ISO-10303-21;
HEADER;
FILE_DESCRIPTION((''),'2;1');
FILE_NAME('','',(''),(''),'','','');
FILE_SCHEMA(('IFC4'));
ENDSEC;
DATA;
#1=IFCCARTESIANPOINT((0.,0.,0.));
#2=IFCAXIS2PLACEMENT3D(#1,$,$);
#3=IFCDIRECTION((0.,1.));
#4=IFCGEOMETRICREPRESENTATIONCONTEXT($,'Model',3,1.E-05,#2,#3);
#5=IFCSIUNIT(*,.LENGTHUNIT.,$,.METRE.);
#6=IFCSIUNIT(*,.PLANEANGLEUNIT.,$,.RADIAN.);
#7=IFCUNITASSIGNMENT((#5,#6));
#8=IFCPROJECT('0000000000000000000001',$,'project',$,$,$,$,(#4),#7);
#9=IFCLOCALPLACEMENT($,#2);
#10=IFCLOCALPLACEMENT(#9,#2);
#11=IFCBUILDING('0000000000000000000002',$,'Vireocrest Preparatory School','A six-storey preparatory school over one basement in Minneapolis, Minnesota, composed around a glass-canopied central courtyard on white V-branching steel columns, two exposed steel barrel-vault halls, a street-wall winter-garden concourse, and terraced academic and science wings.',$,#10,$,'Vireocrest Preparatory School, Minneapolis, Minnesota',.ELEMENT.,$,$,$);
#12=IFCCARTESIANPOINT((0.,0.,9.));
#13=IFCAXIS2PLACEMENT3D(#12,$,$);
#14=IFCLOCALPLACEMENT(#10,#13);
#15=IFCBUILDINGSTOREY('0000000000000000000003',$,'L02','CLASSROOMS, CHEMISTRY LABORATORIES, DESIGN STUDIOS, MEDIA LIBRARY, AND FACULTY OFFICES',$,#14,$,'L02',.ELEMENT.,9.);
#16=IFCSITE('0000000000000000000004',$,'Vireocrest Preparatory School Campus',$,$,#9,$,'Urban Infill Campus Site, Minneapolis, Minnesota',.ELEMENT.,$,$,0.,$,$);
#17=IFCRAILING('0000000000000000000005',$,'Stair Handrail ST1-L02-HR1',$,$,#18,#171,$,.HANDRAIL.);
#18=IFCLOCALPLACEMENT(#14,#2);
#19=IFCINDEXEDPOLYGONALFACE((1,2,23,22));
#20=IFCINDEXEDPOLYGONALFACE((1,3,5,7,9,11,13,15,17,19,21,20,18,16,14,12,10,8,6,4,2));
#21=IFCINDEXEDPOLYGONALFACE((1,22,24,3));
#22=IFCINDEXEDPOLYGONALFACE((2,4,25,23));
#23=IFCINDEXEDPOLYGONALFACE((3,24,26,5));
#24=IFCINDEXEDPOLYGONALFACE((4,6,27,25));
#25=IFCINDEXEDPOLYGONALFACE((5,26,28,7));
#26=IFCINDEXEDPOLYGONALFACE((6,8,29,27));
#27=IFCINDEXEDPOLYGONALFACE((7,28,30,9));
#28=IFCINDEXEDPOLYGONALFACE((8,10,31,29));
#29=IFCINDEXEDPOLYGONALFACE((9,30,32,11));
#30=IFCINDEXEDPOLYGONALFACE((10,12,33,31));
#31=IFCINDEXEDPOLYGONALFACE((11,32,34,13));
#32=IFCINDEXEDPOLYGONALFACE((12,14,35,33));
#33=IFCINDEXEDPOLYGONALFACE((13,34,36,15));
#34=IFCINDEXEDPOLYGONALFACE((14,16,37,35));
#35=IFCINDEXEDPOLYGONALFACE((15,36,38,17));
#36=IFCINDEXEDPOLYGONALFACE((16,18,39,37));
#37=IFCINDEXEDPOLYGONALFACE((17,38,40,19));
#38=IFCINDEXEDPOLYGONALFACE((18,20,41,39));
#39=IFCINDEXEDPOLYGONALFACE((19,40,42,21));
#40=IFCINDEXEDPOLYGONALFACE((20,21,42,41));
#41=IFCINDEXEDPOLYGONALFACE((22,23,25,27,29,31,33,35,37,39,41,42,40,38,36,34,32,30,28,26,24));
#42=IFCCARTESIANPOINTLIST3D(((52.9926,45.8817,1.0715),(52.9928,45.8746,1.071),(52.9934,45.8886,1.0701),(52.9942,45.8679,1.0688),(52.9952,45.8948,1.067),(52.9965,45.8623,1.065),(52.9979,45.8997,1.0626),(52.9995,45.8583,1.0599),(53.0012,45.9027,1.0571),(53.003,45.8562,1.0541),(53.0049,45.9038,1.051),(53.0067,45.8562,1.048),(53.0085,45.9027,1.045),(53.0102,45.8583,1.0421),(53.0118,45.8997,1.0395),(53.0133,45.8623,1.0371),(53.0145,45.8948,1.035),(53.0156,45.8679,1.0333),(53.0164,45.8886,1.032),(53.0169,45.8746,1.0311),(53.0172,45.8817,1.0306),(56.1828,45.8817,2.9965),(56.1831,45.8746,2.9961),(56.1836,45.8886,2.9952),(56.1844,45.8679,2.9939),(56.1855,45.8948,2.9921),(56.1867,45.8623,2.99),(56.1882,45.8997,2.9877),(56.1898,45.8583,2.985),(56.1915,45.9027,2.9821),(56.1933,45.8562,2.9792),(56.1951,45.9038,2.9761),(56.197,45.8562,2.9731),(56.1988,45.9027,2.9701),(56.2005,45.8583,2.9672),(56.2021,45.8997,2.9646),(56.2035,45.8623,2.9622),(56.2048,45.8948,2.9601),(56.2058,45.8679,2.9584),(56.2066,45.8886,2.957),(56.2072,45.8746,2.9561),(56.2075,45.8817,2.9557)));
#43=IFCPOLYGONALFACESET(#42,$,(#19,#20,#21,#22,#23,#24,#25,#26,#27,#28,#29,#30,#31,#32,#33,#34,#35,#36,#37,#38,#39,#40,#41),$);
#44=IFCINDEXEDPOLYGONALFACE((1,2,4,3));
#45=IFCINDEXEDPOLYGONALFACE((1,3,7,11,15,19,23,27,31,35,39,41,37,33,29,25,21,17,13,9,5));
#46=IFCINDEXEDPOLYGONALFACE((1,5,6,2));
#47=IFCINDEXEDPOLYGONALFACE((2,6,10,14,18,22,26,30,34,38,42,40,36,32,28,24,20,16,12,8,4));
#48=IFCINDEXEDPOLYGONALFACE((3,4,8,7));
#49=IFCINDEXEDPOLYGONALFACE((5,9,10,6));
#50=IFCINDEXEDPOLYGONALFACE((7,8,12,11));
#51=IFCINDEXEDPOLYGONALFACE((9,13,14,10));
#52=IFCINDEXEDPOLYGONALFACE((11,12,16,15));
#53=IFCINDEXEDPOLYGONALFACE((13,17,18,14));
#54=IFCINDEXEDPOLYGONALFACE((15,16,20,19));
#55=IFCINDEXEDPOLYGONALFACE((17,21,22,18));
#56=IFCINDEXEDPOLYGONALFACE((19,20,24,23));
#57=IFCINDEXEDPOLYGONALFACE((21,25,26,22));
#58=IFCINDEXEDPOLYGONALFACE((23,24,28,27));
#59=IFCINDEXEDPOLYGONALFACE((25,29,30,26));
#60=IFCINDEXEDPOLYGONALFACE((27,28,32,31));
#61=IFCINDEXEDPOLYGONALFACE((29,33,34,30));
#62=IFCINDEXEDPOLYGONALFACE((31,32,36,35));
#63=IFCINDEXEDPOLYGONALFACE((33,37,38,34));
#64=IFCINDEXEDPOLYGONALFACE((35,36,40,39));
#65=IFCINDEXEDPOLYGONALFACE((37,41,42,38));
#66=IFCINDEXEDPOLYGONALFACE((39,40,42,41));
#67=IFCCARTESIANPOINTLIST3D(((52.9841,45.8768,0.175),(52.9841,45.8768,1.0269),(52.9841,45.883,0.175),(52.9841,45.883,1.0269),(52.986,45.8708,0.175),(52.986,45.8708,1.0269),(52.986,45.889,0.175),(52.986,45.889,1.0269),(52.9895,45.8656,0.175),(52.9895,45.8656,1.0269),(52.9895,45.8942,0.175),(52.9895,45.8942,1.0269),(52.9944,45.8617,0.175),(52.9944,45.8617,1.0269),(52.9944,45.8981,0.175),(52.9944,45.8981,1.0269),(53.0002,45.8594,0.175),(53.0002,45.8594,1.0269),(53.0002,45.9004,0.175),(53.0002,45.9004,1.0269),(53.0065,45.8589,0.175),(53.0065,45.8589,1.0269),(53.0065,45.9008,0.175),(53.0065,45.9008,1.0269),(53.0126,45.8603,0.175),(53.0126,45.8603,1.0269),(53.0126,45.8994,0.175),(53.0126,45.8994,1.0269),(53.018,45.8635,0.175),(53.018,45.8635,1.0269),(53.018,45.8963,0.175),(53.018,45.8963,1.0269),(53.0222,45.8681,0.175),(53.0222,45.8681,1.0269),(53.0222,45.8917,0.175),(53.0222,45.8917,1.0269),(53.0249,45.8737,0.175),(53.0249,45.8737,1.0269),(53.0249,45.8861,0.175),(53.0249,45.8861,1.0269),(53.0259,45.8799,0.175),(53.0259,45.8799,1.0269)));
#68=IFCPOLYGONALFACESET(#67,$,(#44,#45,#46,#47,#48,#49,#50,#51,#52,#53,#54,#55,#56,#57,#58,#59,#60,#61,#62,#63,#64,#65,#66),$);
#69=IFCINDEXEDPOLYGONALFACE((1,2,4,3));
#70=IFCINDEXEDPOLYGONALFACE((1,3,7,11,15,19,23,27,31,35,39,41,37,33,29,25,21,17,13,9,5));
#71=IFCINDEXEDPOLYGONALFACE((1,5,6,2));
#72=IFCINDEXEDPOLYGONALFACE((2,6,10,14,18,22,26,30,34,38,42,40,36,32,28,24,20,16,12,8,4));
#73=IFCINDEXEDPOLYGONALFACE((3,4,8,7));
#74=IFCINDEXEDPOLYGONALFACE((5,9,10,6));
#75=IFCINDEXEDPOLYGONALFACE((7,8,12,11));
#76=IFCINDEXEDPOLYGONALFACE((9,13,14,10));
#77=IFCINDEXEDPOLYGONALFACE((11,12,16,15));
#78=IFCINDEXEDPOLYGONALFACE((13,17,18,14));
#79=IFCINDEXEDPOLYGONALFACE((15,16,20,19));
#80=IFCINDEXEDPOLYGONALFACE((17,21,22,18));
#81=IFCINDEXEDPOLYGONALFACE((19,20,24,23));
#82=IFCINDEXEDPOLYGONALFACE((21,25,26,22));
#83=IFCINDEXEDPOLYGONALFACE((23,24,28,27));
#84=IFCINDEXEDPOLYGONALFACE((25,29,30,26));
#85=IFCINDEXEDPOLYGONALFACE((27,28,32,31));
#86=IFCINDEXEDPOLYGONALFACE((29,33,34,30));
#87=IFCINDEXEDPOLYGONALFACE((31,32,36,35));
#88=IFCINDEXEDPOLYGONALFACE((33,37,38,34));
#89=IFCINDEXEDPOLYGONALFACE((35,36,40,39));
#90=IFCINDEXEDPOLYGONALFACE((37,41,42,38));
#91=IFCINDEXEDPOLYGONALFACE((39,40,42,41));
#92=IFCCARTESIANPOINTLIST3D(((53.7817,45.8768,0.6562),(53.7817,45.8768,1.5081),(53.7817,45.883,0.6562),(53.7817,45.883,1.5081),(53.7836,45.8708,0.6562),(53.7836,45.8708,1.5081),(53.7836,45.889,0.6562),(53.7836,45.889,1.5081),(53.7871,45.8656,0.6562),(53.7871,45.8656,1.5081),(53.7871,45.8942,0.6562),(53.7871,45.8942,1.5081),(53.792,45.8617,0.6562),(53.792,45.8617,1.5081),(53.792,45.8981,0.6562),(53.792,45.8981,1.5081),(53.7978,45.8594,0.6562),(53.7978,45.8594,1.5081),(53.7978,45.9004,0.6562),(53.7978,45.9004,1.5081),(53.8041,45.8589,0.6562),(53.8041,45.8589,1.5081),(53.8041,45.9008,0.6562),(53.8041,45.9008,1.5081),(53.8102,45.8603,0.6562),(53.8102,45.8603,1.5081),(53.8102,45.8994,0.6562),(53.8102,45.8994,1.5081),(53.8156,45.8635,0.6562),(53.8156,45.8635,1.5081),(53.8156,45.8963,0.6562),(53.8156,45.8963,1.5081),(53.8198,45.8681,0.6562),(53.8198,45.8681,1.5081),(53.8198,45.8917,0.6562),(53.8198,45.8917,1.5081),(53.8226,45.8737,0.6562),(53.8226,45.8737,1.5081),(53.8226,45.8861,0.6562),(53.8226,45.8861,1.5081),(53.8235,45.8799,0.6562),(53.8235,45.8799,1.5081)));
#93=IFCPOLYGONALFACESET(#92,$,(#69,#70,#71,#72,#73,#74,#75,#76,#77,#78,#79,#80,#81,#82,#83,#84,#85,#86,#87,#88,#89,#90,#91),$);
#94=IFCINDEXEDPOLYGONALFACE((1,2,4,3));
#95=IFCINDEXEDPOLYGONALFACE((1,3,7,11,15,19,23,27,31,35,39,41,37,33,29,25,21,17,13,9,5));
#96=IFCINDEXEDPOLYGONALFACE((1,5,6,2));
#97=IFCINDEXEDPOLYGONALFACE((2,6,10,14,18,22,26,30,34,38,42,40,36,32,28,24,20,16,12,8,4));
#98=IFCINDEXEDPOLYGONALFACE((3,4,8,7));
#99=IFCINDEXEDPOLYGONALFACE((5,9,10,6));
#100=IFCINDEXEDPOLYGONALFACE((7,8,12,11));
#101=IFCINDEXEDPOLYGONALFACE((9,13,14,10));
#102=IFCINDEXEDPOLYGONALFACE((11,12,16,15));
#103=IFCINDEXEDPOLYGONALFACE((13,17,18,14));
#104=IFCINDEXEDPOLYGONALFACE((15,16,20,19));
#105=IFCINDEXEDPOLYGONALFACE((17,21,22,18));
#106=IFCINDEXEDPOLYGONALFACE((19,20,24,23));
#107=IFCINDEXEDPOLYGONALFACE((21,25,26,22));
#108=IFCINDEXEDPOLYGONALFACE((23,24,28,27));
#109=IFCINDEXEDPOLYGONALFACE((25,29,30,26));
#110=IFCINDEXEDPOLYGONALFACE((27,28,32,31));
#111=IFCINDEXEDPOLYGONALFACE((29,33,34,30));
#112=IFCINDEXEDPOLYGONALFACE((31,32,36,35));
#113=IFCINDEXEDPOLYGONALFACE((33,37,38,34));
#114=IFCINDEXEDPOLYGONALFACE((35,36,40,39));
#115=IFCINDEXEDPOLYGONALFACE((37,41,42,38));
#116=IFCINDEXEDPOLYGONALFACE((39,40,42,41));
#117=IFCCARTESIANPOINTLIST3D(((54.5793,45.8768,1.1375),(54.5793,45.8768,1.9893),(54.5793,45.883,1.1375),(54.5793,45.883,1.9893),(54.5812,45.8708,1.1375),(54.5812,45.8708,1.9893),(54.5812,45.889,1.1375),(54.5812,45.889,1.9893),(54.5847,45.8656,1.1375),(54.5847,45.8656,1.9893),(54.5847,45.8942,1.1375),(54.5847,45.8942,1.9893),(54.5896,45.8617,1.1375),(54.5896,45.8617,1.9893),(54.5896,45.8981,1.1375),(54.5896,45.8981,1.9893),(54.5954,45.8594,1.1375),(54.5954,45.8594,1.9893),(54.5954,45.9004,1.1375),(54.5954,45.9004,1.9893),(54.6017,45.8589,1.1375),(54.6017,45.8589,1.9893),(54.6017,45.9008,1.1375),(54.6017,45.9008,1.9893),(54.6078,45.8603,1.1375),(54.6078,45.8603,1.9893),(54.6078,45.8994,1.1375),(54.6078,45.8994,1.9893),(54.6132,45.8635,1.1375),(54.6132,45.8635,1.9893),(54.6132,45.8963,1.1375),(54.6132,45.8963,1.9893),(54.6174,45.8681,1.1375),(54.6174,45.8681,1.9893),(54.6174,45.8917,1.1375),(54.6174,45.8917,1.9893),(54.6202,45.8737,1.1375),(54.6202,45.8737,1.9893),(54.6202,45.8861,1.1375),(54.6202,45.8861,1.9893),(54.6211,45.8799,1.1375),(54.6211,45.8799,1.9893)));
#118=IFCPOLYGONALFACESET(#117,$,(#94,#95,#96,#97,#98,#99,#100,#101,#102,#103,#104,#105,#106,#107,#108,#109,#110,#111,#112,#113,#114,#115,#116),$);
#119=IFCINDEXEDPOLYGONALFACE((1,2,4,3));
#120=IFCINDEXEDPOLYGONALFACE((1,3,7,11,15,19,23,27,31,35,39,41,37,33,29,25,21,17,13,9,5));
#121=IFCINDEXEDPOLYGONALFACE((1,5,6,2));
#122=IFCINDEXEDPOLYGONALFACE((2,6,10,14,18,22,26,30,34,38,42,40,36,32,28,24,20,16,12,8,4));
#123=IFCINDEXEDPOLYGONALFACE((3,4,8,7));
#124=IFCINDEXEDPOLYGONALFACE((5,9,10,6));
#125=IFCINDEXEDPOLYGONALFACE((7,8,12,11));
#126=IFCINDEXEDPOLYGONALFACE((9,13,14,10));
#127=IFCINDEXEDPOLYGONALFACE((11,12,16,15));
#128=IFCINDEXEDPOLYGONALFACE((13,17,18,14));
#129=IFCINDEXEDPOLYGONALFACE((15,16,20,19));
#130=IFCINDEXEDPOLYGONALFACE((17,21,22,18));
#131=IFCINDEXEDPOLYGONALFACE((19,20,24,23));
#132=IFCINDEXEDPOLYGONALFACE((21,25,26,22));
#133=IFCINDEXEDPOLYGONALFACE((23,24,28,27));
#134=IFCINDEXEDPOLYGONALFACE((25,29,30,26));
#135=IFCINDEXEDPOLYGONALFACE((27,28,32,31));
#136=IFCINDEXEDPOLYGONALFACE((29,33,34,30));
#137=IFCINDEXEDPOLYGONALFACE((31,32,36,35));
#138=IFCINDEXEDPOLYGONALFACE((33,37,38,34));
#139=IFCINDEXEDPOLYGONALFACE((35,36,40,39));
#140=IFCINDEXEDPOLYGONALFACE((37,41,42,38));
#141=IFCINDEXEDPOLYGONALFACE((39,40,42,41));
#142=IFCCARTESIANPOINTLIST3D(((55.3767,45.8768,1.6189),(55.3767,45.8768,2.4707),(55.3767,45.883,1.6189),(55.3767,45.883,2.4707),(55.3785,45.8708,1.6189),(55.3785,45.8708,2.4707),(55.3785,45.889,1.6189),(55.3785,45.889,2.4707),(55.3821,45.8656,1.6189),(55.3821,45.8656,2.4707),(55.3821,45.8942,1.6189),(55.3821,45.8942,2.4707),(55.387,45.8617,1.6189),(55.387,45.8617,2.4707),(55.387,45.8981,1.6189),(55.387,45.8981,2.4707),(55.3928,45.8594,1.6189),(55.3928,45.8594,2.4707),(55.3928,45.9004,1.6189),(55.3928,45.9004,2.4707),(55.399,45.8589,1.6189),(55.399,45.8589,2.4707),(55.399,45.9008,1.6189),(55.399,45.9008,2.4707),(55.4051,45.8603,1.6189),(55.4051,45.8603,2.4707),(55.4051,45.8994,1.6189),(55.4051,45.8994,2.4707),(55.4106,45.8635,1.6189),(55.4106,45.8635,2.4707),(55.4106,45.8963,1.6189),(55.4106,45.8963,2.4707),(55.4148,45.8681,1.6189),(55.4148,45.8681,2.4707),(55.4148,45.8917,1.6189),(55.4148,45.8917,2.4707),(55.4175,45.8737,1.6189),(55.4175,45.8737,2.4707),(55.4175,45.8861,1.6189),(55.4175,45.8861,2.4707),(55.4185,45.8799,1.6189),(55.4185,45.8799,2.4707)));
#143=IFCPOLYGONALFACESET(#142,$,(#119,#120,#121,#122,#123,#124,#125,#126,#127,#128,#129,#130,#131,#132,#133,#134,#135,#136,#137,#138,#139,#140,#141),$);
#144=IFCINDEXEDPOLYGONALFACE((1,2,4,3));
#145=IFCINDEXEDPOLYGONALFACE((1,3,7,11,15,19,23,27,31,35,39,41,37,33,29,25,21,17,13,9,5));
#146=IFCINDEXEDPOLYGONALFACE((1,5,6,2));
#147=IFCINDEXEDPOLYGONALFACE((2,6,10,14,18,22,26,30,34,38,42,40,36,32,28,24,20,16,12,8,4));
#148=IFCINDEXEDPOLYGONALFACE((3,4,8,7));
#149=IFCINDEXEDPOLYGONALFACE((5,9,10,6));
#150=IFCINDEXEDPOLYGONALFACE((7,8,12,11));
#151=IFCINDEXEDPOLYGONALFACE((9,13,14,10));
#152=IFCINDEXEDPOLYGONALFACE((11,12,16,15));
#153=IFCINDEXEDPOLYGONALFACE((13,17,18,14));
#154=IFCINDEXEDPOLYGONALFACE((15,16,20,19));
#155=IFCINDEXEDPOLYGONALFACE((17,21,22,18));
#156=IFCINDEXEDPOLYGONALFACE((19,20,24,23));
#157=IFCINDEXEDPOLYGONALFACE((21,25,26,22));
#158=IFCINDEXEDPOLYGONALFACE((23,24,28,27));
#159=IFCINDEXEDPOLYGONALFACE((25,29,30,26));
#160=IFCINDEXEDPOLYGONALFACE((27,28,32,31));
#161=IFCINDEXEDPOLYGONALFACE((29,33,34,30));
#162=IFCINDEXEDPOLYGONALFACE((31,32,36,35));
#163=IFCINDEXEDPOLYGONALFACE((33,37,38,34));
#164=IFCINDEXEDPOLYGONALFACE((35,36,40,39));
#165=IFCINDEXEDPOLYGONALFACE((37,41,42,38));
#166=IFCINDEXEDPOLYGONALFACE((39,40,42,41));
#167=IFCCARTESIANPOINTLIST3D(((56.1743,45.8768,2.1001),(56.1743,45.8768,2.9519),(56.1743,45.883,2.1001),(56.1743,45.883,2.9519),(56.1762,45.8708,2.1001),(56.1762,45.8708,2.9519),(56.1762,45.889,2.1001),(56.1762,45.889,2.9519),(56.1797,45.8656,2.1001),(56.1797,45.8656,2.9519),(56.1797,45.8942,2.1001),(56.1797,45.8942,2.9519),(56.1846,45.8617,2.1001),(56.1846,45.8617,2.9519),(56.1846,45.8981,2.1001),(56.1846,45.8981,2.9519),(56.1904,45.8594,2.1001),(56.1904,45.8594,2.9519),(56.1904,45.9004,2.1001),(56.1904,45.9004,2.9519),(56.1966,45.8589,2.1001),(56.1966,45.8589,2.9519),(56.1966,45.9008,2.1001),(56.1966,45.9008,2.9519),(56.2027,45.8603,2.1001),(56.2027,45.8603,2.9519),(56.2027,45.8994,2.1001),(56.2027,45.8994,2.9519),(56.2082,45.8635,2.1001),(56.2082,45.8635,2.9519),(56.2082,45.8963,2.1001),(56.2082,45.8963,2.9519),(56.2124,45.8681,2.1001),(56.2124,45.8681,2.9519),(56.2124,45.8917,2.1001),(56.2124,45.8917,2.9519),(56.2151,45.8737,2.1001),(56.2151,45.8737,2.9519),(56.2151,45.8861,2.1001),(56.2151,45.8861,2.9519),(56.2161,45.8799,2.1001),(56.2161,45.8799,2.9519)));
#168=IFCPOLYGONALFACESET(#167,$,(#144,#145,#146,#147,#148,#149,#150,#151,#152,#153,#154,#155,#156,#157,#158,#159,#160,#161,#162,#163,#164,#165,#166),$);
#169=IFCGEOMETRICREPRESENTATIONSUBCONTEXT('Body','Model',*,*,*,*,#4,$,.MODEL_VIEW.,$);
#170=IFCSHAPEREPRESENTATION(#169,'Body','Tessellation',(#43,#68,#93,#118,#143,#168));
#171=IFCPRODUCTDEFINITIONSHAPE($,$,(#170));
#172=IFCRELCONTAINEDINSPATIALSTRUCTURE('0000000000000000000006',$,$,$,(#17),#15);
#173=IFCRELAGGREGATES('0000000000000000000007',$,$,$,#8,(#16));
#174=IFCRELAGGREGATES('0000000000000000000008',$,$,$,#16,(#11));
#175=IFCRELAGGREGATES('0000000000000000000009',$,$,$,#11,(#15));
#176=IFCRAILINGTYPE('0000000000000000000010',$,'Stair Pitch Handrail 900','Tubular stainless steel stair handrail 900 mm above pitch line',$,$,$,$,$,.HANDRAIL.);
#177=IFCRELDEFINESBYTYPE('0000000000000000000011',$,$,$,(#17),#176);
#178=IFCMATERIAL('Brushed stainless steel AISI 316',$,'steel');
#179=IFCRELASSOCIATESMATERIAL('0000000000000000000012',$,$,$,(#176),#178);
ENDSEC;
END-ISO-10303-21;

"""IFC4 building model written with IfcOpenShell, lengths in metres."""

from ifc_helpers import new_model, si_unit, direction, frame, origin, origin_2d, place, context, subcontext, project, spatial, circle, extrude, material, type_object, element, save


model = new_model("IFC4")

# Units and contexts
model_context = context("Model", 3, precision=1e-05, world=origin(), true_north=direction((0.0, 1.0)))
body_context = subcontext(model_context, "Body", "Model", "MODEL_VIEW")
ifc_project = project(units=[si_unit("LENGTHUNIT", "METRE"), si_unit("PLANEANGLEUNIT", "RADIAN")], contexts=[model_context])

# Site, building, storey
site_placement = place(None, origin())
site = spatial("IfcSite", under=ifc_project, at=site_placement, Name="Vireocrest Preparatory School Campus", LongName="Urban Infill Campus Site, Minneapolis, Minnesota", CompositionType="ELEMENT", RefElevation=0.0)
building_placement = place(site_placement, origin())
building = spatial("IfcBuilding", under=site, at=building_placement, Name="Vireocrest Preparatory School", Description="A six-storey preparatory school over one basement in Minneapolis, Minnesota, composed around a glass-canopied central courtyard on white V-branching steel columns, two exposed steel barrel-vault halls, a street-wall winter-garden concourse, and terraced academic and science wings.", LongName="Vireocrest Preparatory School, Minneapolis, Minnesota", CompositionType="ELEMENT")
storey_placement = place(building_placement, frame((0.0, 0.0, 9.0)))
storey = spatial("IfcBuildingStorey", under=building, at=storey_placement, Name="L02", Description="CLASSROOMS, CHEMISTRY LABORATORIES, DESIGN STUDIOS, MEDIA LIBRARY, AND FACULTY OFFICES", LongName="L02", CompositionType="ELEMENT", Elevation=9.0)

# Railing
ifc_material_1 = material(Name="Brushed stainless steel AISI 316", Category="steel")
railing_type_1 = type_object("IfcRailingType", Name="Stair Pitch Handrail 900", Description="Tubular stainless steel stair handrail 900 mm above pitch line", PredefinedType="HANDRAIL", material=ifc_material_1)
railing_1_placement = place(storey_placement, frame((53.0049, 45.8799, 0.175)))
element("IfcRailing", 1, at=railing_1_placement, inside=storey, type_object=railing_type_1, Name="Stair Handrail ST1-L02-HR1", PredefinedType="HANDRAIL", context=body_context, shape_type="SweptSolid", body=[
    extrude(circle(Radius=0.0239, at=origin_2d()), frame((0.0, 0.0, 0.876), z_axis=(0.856195, 0.0, 0.516653), x_axis=(0.0, 1.0, 0.0)), (0.0, 0.0, 1.0), 3.7261),
    extrude(circle(Radius=0.021, at=origin_2d()), origin(), (0.0, 0.0, 1.0), 0.8518),
    extrude(circle(Radius=0.021, at=origin_2d()), frame((0.7976, 0.0, 0.4812)), (0.0, 0.0, 1.0), 0.8518),
    extrude(circle(Radius=0.021, at=origin_2d()), frame((1.5952, 0.0, 0.9624)), (0.0, 0.0, 1.0), 0.8518),
    extrude(circle(Radius=0.021, at=origin_2d()), frame((2.3926, 0.0, 1.4438)), (0.0, 0.0, 1.0), 0.8518),
    extrude(circle(Radius=0.021, at=origin_2d()), frame((3.1902, 0.0, 1.925)), (0.0, 0.0, 1.0), 0.8518),
])

save(model, "model.ifc")
